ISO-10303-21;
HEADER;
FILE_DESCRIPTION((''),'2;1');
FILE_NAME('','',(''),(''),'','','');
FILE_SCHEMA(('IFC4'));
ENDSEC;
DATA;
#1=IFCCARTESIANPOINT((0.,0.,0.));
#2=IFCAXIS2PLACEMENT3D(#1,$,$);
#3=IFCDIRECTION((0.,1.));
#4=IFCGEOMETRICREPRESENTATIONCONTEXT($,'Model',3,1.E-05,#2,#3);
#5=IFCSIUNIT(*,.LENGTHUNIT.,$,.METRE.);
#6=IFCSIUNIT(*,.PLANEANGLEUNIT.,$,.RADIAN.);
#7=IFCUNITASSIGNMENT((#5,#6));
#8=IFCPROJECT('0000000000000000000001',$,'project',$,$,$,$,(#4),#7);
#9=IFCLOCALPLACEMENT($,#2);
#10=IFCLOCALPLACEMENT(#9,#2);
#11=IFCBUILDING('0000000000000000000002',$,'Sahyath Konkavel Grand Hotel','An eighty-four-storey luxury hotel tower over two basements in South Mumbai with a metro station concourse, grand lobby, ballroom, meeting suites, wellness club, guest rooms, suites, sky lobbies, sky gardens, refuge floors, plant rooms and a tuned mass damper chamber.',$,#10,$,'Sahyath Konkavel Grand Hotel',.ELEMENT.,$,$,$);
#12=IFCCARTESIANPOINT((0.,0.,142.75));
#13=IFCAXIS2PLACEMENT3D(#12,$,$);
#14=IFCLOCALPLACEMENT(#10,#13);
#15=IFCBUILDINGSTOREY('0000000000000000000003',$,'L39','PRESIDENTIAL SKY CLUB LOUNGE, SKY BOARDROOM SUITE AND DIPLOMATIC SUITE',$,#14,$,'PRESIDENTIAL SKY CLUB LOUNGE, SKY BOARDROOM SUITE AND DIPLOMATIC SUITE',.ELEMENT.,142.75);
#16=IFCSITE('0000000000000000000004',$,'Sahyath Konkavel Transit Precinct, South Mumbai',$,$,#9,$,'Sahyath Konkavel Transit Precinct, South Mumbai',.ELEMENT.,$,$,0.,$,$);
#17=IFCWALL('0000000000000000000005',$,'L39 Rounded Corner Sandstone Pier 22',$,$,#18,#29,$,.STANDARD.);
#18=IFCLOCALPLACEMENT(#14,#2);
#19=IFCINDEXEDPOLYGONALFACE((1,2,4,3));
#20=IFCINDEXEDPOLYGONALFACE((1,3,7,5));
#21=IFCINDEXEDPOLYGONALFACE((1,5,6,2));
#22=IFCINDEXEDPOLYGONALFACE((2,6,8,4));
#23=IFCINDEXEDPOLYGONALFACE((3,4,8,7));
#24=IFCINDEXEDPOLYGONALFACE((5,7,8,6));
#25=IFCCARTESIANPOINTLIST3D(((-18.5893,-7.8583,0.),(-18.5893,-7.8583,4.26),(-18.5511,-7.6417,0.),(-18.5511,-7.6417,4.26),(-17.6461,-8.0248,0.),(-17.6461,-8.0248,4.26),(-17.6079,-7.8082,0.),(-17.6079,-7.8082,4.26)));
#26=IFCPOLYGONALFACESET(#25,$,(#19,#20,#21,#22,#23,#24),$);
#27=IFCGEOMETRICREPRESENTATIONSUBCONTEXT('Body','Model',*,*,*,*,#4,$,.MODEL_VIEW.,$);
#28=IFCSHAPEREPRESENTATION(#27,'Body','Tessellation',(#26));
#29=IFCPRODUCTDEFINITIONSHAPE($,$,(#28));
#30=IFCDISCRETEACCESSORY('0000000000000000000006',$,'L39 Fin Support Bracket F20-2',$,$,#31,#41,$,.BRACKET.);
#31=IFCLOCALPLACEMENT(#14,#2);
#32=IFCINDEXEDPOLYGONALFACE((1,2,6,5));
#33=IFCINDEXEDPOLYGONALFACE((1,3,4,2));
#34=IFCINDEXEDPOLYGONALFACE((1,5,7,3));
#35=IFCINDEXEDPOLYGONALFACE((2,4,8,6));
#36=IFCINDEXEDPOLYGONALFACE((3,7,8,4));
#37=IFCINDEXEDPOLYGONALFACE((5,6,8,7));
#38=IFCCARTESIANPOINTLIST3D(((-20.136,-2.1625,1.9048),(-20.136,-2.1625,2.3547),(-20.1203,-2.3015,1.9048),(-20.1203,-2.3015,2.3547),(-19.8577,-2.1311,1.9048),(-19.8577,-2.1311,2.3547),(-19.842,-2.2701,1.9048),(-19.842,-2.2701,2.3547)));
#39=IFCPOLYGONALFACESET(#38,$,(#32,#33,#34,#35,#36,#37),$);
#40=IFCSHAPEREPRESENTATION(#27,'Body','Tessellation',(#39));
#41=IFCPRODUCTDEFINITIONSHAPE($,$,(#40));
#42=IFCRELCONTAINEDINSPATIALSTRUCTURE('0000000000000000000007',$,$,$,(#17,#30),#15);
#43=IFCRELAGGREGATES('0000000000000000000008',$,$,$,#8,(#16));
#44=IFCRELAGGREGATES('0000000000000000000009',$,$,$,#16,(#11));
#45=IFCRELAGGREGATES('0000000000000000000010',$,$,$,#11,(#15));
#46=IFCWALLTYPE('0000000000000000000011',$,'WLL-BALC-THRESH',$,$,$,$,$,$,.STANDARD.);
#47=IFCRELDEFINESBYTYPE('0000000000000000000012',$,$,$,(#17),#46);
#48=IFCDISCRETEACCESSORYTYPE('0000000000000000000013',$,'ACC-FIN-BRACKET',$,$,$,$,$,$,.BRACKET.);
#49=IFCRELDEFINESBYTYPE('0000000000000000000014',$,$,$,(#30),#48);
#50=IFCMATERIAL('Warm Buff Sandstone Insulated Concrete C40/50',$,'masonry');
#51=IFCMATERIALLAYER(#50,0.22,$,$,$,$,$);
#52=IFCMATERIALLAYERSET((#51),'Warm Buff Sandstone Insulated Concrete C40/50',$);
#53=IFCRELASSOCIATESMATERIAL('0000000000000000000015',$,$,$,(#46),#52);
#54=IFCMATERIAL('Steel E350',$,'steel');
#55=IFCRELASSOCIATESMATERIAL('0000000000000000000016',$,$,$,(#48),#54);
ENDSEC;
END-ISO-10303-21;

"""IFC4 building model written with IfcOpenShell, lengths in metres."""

from ifc_helpers import new_model, si_unit, direction, frame, frame_2d, origin, origin_2d, place, context, subcontext, project, spatial, rectangle, extrude, source, transform, mapped, material, layer, layer_set, type_object, element, save


model = new_model("IFC4")

# Units and contexts
model_context = context("Model", 3, precision=1e-05, world=origin(), true_north=direction((0.0, 1.0)))
body_context = subcontext(model_context, "Body", "Model", "MODEL_VIEW")
ifc_project = project(units=[si_unit("LENGTHUNIT", "METRE"), si_unit("PLANEANGLEUNIT", "RADIAN")], contexts=[model_context])

# Site, building, storey
site_placement = place(None, origin())
site = spatial("IfcSite", under=ifc_project, at=site_placement, Name="Sahyath Konkavel Transit Precinct, South Mumbai", LongName="Sahyath Konkavel Transit Precinct, South Mumbai", CompositionType="ELEMENT", RefElevation=0.0)
building_placement = place(site_placement, origin())
building = spatial("IfcBuilding", under=site, at=building_placement, Name="Sahyath Konkavel Grand Hotel", Description="An eighty-four-storey luxury hotel tower over two basements in South Mumbai with a metro station concourse, grand lobby, ballroom, meeting suites, wellness club, guest rooms, suites, sky lobbies, sky gardens, refuge floors, plant rooms and a tuned mass damper chamber.", LongName="Sahyath Konkavel Grand Hotel", CompositionType="ELEMENT")
storey_placement = place(building_placement, frame((0.0, 0.0, 142.75)))
storey = spatial("IfcBuildingStorey", under=building, at=storey_placement, Name="L39", Description="PRESIDENTIAL SKY CLUB LOUNGE, SKY BOARDROOM SUITE AND DIPLOMATIC SUITE", LongName="PRESIDENTIAL SKY CLUB LOUNGE, SKY BOARDROOM SUITE AND DIPLOMATIC SUITE", CompositionType="ELEMENT", Elevation=142.75)

# Shared definitions
ifc_material_1 = material(Name="Steel E350", Category="steel")

# Wall
ifc_material_2 = material(Name="Warm Buff Sandstone Insulated Concrete C40/50", Category="masonry")
ifc_layer_1 = layer(ifc_material_2, 0.22)
ifc_layer_set_1 = layer_set([ifc_layer_1], Name="Warm Buff Sandstone Insulated Concrete C40/50")
wall_type = type_object("IfcWallType", Name="WLL-BALC-THRESH", PredefinedType="STANDARD", material=ifc_layer_set_1)
wall_1_placement = place(storey_placement, frame((-18.5703, -7.75, 0.0), z_axis=(0.0, 0.0, 1.0), x_axis=(0.984771, -0.173858, 0.0)))
element("IfcWall", 1, at=wall_1_placement, inside=storey, type_object=wall_type, Name="L39 Rounded Corner Sandstone Pier 22", PredefinedType="STANDARD", context=body_context, shape_type="SweptSolid", body=[
    extrude(rectangle(XDim=0.9578, YDim=0.22, at=frame_2d((0.479, 0.0))), origin(), (0.0, 0.0, 1.0), 4.26),
])

# Discrete accessory
discrete_accessory_type = type_object("IfcDiscreteAccessoryType", Name="ACC-FIN-BRACKET", PredefinedType="BRACKET", material=ifc_material_1)
shared_shape_1 = source(origin(), body_context, "Body", "SweptSolid", [
    extrude(rectangle(XDim=0.28, YDim=0.1399, at=origin_2d()), origin(), (0.0, 0.0, 1.0), 0.45),
])
discrete_accessory_placement = place(storey_placement, frame((-19.989, -2.2163, 1.9048), z_axis=(0.0, 0.0, 1.0), x_axis=(-0.993709, -0.111989, 0.0)))
element("IfcDiscreteAccessory", 2, at=discrete_accessory_placement, inside=storey, type_object=discrete_accessory_type, Name="L39 Fin Support Bracket F20-2", PredefinedType="BRACKET", context=body_context, shape_type="MappedRepresentation", body=[
    mapped(shared_shape_1, transform((0.0, 0.0, 0.0), scale=1.0)),
])

save(model, "model.ifc")
